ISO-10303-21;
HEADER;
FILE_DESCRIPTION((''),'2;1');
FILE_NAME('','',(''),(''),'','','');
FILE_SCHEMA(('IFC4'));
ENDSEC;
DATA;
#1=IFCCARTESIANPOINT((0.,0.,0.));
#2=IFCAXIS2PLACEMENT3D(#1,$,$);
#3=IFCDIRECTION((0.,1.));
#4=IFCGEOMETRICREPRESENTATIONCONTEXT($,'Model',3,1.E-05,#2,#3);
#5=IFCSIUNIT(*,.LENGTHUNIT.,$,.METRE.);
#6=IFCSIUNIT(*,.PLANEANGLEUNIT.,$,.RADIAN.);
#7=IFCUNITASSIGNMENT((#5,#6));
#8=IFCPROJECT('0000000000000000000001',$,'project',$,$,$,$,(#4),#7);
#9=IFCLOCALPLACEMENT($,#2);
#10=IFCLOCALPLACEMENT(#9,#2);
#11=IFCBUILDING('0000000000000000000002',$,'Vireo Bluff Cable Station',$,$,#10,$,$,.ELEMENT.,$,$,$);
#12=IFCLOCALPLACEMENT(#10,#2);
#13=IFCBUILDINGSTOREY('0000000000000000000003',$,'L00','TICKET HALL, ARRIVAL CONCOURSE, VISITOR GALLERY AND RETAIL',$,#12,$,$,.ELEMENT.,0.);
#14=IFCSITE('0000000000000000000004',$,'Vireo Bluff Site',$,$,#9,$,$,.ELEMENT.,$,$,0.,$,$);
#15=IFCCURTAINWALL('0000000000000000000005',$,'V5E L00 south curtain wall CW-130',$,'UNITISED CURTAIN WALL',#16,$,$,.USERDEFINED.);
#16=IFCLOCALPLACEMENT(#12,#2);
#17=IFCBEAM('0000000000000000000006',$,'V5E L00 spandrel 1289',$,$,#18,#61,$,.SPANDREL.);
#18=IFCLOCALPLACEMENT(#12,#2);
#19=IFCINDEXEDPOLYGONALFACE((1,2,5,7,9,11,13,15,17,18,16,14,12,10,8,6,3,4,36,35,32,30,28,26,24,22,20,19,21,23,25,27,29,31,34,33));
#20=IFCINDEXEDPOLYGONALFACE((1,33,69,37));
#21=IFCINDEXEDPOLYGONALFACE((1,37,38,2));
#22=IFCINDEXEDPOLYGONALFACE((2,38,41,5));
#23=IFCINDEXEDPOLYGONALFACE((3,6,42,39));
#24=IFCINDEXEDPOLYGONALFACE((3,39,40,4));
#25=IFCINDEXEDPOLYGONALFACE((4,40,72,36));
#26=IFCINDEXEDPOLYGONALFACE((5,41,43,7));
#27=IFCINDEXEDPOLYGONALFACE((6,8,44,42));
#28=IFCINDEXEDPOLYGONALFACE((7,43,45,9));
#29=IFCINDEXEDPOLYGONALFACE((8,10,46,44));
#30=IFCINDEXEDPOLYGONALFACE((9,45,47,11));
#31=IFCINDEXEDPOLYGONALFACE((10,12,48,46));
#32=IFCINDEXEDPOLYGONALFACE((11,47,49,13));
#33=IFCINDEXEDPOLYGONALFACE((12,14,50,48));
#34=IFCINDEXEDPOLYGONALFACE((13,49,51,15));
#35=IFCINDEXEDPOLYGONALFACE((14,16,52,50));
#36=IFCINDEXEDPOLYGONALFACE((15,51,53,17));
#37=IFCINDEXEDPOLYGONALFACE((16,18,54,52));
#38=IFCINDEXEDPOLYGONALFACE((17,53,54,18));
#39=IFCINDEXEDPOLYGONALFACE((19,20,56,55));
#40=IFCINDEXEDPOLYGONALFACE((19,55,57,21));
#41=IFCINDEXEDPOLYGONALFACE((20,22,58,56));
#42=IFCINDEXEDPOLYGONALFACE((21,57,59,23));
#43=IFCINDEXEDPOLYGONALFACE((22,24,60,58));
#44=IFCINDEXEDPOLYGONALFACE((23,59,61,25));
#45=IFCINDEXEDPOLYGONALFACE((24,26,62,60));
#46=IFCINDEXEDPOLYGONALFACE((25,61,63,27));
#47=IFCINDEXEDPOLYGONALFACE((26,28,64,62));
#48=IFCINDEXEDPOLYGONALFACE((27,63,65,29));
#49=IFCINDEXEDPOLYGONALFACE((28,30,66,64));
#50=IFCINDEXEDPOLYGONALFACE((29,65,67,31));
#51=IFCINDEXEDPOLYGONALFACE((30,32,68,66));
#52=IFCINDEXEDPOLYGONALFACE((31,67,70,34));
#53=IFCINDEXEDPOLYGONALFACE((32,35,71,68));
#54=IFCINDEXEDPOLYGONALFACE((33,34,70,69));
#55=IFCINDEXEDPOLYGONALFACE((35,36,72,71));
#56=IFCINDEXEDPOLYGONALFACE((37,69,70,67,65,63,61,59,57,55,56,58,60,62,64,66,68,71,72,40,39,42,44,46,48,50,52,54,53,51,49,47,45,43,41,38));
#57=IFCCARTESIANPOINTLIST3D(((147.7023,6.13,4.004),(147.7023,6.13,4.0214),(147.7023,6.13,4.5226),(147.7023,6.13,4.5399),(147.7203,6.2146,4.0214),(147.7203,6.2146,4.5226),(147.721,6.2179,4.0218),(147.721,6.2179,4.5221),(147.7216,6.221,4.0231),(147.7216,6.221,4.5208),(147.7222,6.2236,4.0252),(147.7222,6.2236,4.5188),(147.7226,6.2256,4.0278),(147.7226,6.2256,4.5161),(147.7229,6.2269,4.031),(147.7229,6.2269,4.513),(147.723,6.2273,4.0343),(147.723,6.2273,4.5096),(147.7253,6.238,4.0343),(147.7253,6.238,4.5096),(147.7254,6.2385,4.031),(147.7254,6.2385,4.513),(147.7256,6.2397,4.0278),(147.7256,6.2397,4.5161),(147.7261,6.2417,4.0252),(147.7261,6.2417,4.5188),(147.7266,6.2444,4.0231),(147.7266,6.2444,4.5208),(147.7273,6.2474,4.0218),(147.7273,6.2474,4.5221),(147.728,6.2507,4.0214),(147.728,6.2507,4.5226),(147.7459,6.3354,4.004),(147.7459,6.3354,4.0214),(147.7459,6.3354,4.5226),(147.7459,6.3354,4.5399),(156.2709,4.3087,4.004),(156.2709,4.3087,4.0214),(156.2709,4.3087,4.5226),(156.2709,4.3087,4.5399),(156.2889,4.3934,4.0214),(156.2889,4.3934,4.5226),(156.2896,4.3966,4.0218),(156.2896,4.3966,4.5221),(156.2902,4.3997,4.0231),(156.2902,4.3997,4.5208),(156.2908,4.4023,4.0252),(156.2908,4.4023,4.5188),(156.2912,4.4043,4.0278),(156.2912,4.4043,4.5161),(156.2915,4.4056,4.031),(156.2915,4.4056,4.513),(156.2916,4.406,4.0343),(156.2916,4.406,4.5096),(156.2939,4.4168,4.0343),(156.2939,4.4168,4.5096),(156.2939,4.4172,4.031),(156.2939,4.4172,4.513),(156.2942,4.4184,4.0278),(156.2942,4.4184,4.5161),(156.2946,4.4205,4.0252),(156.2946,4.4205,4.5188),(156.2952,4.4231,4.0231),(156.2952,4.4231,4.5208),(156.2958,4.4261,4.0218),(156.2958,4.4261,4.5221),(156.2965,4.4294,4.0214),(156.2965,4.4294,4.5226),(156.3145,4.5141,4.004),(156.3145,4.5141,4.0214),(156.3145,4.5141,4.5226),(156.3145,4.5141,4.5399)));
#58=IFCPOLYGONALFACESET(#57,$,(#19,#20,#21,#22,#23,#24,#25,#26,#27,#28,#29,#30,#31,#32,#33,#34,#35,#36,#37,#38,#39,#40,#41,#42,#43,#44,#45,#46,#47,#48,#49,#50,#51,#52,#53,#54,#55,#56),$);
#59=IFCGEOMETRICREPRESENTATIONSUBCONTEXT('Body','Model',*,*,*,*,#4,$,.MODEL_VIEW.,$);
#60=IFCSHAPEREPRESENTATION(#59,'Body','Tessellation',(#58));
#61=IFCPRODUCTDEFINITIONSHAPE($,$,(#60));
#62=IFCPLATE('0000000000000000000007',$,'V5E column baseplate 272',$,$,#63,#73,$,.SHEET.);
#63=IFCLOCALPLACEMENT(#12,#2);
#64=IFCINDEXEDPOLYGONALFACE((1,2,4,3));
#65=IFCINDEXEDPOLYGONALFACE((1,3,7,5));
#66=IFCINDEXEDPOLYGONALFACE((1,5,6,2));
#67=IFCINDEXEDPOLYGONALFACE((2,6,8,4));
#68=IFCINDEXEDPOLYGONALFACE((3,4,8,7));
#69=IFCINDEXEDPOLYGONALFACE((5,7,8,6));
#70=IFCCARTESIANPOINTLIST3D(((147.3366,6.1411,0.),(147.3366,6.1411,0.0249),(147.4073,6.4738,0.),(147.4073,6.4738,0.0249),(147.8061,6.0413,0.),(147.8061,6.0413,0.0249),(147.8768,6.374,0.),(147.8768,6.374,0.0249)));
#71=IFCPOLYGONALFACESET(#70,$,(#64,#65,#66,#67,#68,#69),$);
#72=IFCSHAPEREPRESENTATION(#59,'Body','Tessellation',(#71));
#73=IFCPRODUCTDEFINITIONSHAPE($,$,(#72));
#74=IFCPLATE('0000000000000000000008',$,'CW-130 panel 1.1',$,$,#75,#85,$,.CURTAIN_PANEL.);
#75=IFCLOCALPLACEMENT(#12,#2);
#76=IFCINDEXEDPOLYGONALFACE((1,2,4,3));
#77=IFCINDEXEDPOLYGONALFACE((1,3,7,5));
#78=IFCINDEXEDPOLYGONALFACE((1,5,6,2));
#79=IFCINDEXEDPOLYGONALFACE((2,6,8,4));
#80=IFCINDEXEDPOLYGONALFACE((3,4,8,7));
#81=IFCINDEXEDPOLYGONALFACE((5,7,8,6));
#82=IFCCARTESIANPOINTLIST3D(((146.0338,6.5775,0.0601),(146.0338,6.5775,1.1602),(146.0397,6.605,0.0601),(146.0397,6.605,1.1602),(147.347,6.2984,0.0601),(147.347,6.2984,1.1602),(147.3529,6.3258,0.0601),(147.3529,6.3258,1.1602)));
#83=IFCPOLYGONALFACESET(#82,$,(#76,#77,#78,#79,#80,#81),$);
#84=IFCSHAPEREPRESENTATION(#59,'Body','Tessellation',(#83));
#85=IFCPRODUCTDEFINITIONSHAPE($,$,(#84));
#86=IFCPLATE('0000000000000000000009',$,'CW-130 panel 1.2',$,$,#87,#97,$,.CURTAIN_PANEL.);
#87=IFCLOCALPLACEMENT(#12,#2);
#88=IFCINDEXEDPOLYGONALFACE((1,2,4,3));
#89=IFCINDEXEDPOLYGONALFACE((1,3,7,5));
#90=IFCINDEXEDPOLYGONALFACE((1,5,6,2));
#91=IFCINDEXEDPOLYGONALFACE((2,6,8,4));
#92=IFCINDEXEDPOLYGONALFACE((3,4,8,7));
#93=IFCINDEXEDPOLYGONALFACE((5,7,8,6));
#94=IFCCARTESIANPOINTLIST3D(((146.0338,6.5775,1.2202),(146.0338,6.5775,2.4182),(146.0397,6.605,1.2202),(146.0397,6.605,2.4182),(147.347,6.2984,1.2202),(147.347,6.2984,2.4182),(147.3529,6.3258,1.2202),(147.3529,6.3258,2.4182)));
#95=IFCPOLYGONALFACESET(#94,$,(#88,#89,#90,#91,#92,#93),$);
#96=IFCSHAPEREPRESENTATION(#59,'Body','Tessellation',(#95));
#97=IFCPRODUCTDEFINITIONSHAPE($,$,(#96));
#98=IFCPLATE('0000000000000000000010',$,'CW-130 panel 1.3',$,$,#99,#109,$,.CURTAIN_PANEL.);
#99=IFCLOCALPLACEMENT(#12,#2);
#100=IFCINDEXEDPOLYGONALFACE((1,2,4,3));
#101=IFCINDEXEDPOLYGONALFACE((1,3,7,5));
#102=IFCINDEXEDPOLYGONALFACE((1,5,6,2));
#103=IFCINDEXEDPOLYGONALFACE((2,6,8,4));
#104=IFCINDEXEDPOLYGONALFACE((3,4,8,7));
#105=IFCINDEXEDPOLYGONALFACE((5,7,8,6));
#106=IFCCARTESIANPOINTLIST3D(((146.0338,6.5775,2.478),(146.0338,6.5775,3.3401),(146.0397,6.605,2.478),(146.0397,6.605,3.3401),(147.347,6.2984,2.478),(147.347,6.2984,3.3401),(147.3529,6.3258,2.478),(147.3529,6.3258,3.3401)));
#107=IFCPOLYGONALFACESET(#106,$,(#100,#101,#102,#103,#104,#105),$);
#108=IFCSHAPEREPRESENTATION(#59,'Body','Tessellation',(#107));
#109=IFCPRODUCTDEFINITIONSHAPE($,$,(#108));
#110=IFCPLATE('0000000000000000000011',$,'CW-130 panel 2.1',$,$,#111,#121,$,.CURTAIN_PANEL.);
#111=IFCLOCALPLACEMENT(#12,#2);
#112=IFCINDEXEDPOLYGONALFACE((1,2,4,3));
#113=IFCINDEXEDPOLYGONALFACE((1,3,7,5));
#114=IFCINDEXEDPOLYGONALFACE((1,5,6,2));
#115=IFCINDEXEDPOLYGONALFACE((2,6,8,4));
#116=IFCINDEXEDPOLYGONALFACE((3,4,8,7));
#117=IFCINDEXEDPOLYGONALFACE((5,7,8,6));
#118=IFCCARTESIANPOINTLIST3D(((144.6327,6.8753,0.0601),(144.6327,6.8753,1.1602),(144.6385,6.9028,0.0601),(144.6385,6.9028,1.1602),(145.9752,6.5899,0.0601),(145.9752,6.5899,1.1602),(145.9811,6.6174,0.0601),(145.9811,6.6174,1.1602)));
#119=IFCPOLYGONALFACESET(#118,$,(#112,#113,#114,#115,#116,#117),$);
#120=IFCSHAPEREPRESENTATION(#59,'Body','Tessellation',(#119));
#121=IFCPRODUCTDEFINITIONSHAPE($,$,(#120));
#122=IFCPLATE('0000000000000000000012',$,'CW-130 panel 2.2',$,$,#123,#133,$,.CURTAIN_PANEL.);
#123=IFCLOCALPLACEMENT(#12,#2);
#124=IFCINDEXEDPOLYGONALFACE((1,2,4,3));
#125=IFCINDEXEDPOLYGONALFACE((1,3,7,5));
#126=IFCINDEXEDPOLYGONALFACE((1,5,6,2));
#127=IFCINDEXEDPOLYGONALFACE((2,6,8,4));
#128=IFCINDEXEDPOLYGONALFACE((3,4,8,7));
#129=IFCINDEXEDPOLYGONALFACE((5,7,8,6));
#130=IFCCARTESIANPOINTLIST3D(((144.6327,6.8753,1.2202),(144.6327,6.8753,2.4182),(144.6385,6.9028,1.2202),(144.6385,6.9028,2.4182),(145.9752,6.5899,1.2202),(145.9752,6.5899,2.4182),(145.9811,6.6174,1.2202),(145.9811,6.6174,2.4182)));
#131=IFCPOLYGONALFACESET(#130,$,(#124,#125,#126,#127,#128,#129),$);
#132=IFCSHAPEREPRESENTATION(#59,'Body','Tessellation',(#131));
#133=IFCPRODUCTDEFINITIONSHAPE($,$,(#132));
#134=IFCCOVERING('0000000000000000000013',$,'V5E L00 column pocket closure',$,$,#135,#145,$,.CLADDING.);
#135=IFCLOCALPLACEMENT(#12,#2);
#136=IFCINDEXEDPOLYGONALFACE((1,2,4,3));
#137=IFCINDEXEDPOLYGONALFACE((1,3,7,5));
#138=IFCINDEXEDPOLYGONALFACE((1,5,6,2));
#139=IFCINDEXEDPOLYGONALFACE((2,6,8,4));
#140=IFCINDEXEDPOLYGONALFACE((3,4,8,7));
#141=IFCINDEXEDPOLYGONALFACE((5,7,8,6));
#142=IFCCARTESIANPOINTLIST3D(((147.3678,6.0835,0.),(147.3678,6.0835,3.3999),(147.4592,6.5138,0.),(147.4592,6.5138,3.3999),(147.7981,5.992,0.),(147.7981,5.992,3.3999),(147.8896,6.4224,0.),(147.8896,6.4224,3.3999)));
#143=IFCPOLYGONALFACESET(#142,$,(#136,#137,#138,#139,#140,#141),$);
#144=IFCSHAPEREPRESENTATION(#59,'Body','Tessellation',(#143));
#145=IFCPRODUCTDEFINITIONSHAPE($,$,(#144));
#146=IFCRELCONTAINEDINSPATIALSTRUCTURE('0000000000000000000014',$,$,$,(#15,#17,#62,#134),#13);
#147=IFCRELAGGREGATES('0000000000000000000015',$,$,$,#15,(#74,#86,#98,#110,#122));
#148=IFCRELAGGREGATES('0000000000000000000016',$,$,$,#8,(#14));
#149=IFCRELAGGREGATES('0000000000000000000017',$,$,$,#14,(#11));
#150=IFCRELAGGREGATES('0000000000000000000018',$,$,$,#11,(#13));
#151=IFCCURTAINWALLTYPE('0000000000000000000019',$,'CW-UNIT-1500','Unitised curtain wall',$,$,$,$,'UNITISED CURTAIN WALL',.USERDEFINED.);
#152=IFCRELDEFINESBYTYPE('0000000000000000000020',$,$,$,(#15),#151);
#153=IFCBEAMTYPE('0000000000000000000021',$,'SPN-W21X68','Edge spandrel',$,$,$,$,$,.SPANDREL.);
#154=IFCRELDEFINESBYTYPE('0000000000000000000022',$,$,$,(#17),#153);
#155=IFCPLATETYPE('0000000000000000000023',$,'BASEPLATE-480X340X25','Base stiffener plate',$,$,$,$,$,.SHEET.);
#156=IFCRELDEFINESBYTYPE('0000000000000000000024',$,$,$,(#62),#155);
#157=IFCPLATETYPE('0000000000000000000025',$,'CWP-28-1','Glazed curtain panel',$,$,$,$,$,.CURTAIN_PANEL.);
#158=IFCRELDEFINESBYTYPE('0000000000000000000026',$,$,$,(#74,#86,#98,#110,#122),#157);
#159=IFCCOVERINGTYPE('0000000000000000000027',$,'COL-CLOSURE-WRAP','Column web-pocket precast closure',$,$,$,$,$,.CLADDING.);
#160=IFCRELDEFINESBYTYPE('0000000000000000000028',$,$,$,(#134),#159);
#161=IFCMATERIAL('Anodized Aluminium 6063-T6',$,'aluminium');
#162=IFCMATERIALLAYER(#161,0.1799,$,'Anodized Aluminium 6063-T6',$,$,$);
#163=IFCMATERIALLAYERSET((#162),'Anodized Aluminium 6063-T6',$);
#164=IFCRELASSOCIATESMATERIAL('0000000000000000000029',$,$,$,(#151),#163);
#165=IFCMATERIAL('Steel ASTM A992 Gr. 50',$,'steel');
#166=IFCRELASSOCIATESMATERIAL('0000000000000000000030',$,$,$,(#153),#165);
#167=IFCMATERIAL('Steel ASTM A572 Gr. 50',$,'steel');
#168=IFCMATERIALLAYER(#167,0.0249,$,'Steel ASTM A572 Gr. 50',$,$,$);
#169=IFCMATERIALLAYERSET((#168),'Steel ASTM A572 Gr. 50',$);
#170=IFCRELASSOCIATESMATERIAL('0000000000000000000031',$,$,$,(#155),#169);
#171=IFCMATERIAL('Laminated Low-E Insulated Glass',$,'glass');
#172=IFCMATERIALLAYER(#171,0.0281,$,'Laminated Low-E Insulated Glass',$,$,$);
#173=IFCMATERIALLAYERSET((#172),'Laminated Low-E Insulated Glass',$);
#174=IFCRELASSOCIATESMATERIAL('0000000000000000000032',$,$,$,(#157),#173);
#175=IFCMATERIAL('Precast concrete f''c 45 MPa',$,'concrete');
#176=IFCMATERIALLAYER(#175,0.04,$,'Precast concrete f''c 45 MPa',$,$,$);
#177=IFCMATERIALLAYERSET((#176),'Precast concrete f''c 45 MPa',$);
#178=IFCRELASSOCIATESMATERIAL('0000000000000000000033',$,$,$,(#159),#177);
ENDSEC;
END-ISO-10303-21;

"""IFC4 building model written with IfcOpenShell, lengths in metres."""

from ifc_helpers import new_model, si_unit, direction, frame, origin, origin_2d, place, context, subcontext, project, spatial, rectangle, i_section, extrude, material, layer, layer_set, material_profile, profile_set, type_object, element, aggregate, save


model = new_model("IFC4")

# Units and contexts
model_context = context("Model", 3, precision=1e-05, world=origin(), true_north=direction((0.0, 1.0)))
body_context = subcontext(model_context, "Body", "Model", "MODEL_VIEW")
ifc_project = project(units=[si_unit("LENGTHUNIT", "METRE"), si_unit("PLANEANGLEUNIT", "RADIAN")], contexts=[model_context])

# Site, building, storey
site_placement = place(None, origin())
site = spatial("IfcSite", under=ifc_project, at=site_placement, Name="Vireo Bluff Site", CompositionType="ELEMENT", RefElevation=0.0)
building_placement = place(site_placement, origin())
building = spatial("IfcBuilding", under=site, at=building_placement, Name="Vireo Bluff Cable Station", CompositionType="ELEMENT")
storey_placement = place(building_placement, origin())
storey = spatial("IfcBuildingStorey", under=building, at=storey_placement, Name="L00", Description="TICKET HALL, ARRIVAL CONCOURSE, VISITOR GALLERY AND RETAIL", CompositionType="ELEMENT", Elevation=0.0)

# Shared definitions
ifc_material_1 = material(Name="Steel ASTM A992 Gr. 50", Category="steel")

# Curtain wall
ifc_material_2 = material(Name="Anodized Aluminium 6063-T6", Category="aluminium")
ifc_layer_1 = layer(ifc_material_2, 0.1799, Name="Anodized Aluminium 6063-T6")
ifc_layer_set_1 = layer_set([ifc_layer_1], Name="Anodized Aluminium 6063-T6")
curtain_wall_type = type_object("IfcCurtainWallType", Name="CW-UNIT-1500", Description="Unitised curtain wall", ElementType="UNITISED CURTAIN WALL", PredefinedType="USERDEFINED", material=ifc_layer_set_1)
curtain_wall_placement = place(storey_placement, origin())
curtain_wall = element("IfcCurtainWall", 1, at=curtain_wall_placement, inside=storey, type_object=curtain_wall_type, Name="V5E L00 south curtain wall CW-130", ObjectType="UNITISED CURTAIN WALL", PredefinedType="USERDEFINED")

# Beam
ifc_material_profile_1 = material_profile(ifc_material_1, i_section(OverallWidth=0.21, OverallDepth=0.5359, WebThickness=0.011, FlangeThickness=0.0173, FilletRadius=0.0129, at=origin_2d()), Name="W21X68")
ifc_profile_set_1 = profile_set([ifc_material_profile_1], Name="Steel ASTM A992 Gr. 50")
beam_type_1 = type_object("IfcBeamType", Name="SPN-W21X68", Description="Edge spandrel", PredefinedType="SPANDREL", material=ifc_profile_set_1)
beam_1_placement = place(storey_placement, frame((147.7241, 6.2327, 4.272), z_axis=(0.978148, -0.207909, 0.0), x_axis=(0.207909, 0.978148, 0.0)))
element("IfcBeam", 2, at=beam_1_placement, inside=storey, type_object=beam_type_1, Name="V5E L00 spandrel 1289", PredefinedType="SPANDREL", context=body_context, shape_type="SweptSolid", body=[
    extrude(i_section(OverallWidth=0.21, OverallDepth=0.5359, WebThickness=0.011, FlangeThickness=0.0173, FilletRadius=0.0129, at=origin_2d()), origin(), (0.0, 0.0, 1.0), 8.76),
])

# Plates
ifc_material_3 = material(Name="Steel ASTM A572 Gr. 50", Category="steel")
ifc_layer_2 = layer(ifc_material_3, 0.0249, Name="Steel ASTM A572 Gr. 50")
ifc_layer_set_2 = layer_set([ifc_layer_2], Name="Steel ASTM A572 Gr. 50")
plate_type_1 = type_object("IfcPlateType", Name="BASEPLATE-480X340X25", Description="Base stiffener plate", PredefinedType="SHEET", material=ifc_layer_set_2)
plate_1_placement = place(storey_placement, frame((147.6067, 6.2576, 0.0), z_axis=(0.0, 0.0, 1.0), x_axis=(0.978148, -0.207912, 0.0)))
element("IfcPlate", 3, at=plate_1_placement, inside=storey, type_object=plate_type_1, Name="V5E column baseplate 272", PredefinedType="SHEET", context=body_context, shape_type="SweptSolid", body=[
    extrude(rectangle(XDim=0.48, YDim=0.3401, at=origin_2d()), origin(), (0.0, 0.0, 1.0), 0.0249),
])
ifc_material_4 = material(Name="Laminated Low-E Insulated Glass", Category="glass")
ifc_layer_3 = layer(ifc_material_4, 0.0281, Name="Laminated Low-E Insulated Glass")
ifc_layer_set_3 = layer_set([ifc_layer_3], Name="Laminated Low-E Insulated Glass")
plate_type_2 = type_object("IfcPlateType", Name="CWP-28-1", Description="Glazed curtain panel", PredefinedType="CURTAIN_PANEL", material=ifc_layer_set_3)
plate_2_placement = place(storey_placement, frame((146.6934, 6.4517, 0.0601), z_axis=(0.0, 0.0, 1.0), x_axis=(-0.978148, 0.207912, 0.0)))
plate_2 = element("IfcPlate", 4, at=plate_2_placement, type_object=plate_type_2, Name="CW-130 panel 1.1", PredefinedType="CURTAIN_PANEL", context=body_context, shape_type="SweptSolid", body=[
    extrude(rectangle(XDim=1.3425, YDim=0.0281, at=origin_2d()), origin(), (0.0, 0.0, 1.0), 1.1001),
])
plate_3_placement = place(storey_placement, frame((146.6934, 6.4517, 1.2202), z_axis=(0.0, 0.0, 1.0), x_axis=(-0.978148, 0.207912, 0.0)))
plate_3 = element("IfcPlate", 5, at=plate_3_placement, type_object=plate_type_2, Name="CW-130 panel 1.2", PredefinedType="CURTAIN_PANEL", context=body_context, shape_type="SweptSolid", body=[
    extrude(rectangle(XDim=1.3425, YDim=0.0281, at=origin_2d()), origin(), (0.0, 0.0, 1.0), 1.198),
])
plate_4_placement = place(storey_placement, frame((146.6934, 6.4517, 2.478), z_axis=(0.0, 0.0, 1.0), x_axis=(-0.978148, 0.207912, 0.0)))
plate_4 = element("IfcPlate", 6, at=plate_4_placement, type_object=plate_type_2, Name="CW-130 panel 1.3", PredefinedType="CURTAIN_PANEL", context=body_context, shape_type="SweptSolid", body=[
    extrude(rectangle(XDim=1.3425, YDim=0.0281, at=origin_2d()), origin(), (0.0, 0.0, 1.0), 0.8621),
])
plate_5_placement = place(storey_placement, frame((145.3069, 6.7463, 0.0601), z_axis=(0.0, 0.0, 1.0), x_axis=(-0.978148, 0.207912, 0.0)))
plate_5 = element("IfcPlate", 7, at=plate_5_placement, type_object=plate_type_2, Name="CW-130 panel 2.1", PredefinedType="CURTAIN_PANEL", context=body_context, shape_type="SweptSolid", body=[
    extrude(rectangle(XDim=1.3726, YDim=0.0281, at=origin_2d()), origin(), (0.0, 0.0, 1.0), 1.1001),
])
plate_6_placement = place(storey_placement, frame((145.3069, 6.7463, 1.2202), z_axis=(0.0, 0.0, 1.0), x_axis=(-0.978148, 0.207912, 0.0)))
plate_6 = element("IfcPlate", 8, at=plate_6_placement, type_object=plate_type_2, Name="CW-130 panel 2.2", PredefinedType="CURTAIN_PANEL", context=body_context, shape_type="SweptSolid", body=[
    extrude(rectangle(XDim=1.3726, YDim=0.0281, at=origin_2d()), origin(), (0.0, 0.0, 1.0), 1.198),
])
aggregate(curtain_wall, [plate_2, plate_3, plate_4, plate_5, plate_6])

# Covering
ifc_material_5 = material(Name="Precast concrete f'c 45 MPa", Category="concrete")
ifc_layer_4 = layer(ifc_material_5, 0.04, Name="Precast concrete f'c 45 MPa")
ifc_layer_set_4 = layer_set([ifc_layer_4], Name="Precast concrete f'c 45 MPa")
covering_type = type_object("IfcCoveringType", Name="COL-CLOSURE-WRAP", Description="Column web-pocket precast closure", PredefinedType="CLADDING", material=ifc_layer_set_4)
covering_placement = place(storey_placement, frame((147.6287, 6.2529, 0.0), z_axis=(0.0, 0.0, 1.0), x_axis=(0.978148, -0.207912, 0.0)))
element("IfcCovering", 9, at=covering_placement, inside=storey, type_object=covering_type, Name="V5E L00 column pocket closure", PredefinedType="CLADDING", context=body_context, shape_type="SweptSolid", body=[
    extrude(rectangle(XDim=0.4399, YDim=0.4399, at=origin_2d()), origin(), (0.0, 0.0, 1.0), 3.3999),
])

save(model, "model.ifc")
